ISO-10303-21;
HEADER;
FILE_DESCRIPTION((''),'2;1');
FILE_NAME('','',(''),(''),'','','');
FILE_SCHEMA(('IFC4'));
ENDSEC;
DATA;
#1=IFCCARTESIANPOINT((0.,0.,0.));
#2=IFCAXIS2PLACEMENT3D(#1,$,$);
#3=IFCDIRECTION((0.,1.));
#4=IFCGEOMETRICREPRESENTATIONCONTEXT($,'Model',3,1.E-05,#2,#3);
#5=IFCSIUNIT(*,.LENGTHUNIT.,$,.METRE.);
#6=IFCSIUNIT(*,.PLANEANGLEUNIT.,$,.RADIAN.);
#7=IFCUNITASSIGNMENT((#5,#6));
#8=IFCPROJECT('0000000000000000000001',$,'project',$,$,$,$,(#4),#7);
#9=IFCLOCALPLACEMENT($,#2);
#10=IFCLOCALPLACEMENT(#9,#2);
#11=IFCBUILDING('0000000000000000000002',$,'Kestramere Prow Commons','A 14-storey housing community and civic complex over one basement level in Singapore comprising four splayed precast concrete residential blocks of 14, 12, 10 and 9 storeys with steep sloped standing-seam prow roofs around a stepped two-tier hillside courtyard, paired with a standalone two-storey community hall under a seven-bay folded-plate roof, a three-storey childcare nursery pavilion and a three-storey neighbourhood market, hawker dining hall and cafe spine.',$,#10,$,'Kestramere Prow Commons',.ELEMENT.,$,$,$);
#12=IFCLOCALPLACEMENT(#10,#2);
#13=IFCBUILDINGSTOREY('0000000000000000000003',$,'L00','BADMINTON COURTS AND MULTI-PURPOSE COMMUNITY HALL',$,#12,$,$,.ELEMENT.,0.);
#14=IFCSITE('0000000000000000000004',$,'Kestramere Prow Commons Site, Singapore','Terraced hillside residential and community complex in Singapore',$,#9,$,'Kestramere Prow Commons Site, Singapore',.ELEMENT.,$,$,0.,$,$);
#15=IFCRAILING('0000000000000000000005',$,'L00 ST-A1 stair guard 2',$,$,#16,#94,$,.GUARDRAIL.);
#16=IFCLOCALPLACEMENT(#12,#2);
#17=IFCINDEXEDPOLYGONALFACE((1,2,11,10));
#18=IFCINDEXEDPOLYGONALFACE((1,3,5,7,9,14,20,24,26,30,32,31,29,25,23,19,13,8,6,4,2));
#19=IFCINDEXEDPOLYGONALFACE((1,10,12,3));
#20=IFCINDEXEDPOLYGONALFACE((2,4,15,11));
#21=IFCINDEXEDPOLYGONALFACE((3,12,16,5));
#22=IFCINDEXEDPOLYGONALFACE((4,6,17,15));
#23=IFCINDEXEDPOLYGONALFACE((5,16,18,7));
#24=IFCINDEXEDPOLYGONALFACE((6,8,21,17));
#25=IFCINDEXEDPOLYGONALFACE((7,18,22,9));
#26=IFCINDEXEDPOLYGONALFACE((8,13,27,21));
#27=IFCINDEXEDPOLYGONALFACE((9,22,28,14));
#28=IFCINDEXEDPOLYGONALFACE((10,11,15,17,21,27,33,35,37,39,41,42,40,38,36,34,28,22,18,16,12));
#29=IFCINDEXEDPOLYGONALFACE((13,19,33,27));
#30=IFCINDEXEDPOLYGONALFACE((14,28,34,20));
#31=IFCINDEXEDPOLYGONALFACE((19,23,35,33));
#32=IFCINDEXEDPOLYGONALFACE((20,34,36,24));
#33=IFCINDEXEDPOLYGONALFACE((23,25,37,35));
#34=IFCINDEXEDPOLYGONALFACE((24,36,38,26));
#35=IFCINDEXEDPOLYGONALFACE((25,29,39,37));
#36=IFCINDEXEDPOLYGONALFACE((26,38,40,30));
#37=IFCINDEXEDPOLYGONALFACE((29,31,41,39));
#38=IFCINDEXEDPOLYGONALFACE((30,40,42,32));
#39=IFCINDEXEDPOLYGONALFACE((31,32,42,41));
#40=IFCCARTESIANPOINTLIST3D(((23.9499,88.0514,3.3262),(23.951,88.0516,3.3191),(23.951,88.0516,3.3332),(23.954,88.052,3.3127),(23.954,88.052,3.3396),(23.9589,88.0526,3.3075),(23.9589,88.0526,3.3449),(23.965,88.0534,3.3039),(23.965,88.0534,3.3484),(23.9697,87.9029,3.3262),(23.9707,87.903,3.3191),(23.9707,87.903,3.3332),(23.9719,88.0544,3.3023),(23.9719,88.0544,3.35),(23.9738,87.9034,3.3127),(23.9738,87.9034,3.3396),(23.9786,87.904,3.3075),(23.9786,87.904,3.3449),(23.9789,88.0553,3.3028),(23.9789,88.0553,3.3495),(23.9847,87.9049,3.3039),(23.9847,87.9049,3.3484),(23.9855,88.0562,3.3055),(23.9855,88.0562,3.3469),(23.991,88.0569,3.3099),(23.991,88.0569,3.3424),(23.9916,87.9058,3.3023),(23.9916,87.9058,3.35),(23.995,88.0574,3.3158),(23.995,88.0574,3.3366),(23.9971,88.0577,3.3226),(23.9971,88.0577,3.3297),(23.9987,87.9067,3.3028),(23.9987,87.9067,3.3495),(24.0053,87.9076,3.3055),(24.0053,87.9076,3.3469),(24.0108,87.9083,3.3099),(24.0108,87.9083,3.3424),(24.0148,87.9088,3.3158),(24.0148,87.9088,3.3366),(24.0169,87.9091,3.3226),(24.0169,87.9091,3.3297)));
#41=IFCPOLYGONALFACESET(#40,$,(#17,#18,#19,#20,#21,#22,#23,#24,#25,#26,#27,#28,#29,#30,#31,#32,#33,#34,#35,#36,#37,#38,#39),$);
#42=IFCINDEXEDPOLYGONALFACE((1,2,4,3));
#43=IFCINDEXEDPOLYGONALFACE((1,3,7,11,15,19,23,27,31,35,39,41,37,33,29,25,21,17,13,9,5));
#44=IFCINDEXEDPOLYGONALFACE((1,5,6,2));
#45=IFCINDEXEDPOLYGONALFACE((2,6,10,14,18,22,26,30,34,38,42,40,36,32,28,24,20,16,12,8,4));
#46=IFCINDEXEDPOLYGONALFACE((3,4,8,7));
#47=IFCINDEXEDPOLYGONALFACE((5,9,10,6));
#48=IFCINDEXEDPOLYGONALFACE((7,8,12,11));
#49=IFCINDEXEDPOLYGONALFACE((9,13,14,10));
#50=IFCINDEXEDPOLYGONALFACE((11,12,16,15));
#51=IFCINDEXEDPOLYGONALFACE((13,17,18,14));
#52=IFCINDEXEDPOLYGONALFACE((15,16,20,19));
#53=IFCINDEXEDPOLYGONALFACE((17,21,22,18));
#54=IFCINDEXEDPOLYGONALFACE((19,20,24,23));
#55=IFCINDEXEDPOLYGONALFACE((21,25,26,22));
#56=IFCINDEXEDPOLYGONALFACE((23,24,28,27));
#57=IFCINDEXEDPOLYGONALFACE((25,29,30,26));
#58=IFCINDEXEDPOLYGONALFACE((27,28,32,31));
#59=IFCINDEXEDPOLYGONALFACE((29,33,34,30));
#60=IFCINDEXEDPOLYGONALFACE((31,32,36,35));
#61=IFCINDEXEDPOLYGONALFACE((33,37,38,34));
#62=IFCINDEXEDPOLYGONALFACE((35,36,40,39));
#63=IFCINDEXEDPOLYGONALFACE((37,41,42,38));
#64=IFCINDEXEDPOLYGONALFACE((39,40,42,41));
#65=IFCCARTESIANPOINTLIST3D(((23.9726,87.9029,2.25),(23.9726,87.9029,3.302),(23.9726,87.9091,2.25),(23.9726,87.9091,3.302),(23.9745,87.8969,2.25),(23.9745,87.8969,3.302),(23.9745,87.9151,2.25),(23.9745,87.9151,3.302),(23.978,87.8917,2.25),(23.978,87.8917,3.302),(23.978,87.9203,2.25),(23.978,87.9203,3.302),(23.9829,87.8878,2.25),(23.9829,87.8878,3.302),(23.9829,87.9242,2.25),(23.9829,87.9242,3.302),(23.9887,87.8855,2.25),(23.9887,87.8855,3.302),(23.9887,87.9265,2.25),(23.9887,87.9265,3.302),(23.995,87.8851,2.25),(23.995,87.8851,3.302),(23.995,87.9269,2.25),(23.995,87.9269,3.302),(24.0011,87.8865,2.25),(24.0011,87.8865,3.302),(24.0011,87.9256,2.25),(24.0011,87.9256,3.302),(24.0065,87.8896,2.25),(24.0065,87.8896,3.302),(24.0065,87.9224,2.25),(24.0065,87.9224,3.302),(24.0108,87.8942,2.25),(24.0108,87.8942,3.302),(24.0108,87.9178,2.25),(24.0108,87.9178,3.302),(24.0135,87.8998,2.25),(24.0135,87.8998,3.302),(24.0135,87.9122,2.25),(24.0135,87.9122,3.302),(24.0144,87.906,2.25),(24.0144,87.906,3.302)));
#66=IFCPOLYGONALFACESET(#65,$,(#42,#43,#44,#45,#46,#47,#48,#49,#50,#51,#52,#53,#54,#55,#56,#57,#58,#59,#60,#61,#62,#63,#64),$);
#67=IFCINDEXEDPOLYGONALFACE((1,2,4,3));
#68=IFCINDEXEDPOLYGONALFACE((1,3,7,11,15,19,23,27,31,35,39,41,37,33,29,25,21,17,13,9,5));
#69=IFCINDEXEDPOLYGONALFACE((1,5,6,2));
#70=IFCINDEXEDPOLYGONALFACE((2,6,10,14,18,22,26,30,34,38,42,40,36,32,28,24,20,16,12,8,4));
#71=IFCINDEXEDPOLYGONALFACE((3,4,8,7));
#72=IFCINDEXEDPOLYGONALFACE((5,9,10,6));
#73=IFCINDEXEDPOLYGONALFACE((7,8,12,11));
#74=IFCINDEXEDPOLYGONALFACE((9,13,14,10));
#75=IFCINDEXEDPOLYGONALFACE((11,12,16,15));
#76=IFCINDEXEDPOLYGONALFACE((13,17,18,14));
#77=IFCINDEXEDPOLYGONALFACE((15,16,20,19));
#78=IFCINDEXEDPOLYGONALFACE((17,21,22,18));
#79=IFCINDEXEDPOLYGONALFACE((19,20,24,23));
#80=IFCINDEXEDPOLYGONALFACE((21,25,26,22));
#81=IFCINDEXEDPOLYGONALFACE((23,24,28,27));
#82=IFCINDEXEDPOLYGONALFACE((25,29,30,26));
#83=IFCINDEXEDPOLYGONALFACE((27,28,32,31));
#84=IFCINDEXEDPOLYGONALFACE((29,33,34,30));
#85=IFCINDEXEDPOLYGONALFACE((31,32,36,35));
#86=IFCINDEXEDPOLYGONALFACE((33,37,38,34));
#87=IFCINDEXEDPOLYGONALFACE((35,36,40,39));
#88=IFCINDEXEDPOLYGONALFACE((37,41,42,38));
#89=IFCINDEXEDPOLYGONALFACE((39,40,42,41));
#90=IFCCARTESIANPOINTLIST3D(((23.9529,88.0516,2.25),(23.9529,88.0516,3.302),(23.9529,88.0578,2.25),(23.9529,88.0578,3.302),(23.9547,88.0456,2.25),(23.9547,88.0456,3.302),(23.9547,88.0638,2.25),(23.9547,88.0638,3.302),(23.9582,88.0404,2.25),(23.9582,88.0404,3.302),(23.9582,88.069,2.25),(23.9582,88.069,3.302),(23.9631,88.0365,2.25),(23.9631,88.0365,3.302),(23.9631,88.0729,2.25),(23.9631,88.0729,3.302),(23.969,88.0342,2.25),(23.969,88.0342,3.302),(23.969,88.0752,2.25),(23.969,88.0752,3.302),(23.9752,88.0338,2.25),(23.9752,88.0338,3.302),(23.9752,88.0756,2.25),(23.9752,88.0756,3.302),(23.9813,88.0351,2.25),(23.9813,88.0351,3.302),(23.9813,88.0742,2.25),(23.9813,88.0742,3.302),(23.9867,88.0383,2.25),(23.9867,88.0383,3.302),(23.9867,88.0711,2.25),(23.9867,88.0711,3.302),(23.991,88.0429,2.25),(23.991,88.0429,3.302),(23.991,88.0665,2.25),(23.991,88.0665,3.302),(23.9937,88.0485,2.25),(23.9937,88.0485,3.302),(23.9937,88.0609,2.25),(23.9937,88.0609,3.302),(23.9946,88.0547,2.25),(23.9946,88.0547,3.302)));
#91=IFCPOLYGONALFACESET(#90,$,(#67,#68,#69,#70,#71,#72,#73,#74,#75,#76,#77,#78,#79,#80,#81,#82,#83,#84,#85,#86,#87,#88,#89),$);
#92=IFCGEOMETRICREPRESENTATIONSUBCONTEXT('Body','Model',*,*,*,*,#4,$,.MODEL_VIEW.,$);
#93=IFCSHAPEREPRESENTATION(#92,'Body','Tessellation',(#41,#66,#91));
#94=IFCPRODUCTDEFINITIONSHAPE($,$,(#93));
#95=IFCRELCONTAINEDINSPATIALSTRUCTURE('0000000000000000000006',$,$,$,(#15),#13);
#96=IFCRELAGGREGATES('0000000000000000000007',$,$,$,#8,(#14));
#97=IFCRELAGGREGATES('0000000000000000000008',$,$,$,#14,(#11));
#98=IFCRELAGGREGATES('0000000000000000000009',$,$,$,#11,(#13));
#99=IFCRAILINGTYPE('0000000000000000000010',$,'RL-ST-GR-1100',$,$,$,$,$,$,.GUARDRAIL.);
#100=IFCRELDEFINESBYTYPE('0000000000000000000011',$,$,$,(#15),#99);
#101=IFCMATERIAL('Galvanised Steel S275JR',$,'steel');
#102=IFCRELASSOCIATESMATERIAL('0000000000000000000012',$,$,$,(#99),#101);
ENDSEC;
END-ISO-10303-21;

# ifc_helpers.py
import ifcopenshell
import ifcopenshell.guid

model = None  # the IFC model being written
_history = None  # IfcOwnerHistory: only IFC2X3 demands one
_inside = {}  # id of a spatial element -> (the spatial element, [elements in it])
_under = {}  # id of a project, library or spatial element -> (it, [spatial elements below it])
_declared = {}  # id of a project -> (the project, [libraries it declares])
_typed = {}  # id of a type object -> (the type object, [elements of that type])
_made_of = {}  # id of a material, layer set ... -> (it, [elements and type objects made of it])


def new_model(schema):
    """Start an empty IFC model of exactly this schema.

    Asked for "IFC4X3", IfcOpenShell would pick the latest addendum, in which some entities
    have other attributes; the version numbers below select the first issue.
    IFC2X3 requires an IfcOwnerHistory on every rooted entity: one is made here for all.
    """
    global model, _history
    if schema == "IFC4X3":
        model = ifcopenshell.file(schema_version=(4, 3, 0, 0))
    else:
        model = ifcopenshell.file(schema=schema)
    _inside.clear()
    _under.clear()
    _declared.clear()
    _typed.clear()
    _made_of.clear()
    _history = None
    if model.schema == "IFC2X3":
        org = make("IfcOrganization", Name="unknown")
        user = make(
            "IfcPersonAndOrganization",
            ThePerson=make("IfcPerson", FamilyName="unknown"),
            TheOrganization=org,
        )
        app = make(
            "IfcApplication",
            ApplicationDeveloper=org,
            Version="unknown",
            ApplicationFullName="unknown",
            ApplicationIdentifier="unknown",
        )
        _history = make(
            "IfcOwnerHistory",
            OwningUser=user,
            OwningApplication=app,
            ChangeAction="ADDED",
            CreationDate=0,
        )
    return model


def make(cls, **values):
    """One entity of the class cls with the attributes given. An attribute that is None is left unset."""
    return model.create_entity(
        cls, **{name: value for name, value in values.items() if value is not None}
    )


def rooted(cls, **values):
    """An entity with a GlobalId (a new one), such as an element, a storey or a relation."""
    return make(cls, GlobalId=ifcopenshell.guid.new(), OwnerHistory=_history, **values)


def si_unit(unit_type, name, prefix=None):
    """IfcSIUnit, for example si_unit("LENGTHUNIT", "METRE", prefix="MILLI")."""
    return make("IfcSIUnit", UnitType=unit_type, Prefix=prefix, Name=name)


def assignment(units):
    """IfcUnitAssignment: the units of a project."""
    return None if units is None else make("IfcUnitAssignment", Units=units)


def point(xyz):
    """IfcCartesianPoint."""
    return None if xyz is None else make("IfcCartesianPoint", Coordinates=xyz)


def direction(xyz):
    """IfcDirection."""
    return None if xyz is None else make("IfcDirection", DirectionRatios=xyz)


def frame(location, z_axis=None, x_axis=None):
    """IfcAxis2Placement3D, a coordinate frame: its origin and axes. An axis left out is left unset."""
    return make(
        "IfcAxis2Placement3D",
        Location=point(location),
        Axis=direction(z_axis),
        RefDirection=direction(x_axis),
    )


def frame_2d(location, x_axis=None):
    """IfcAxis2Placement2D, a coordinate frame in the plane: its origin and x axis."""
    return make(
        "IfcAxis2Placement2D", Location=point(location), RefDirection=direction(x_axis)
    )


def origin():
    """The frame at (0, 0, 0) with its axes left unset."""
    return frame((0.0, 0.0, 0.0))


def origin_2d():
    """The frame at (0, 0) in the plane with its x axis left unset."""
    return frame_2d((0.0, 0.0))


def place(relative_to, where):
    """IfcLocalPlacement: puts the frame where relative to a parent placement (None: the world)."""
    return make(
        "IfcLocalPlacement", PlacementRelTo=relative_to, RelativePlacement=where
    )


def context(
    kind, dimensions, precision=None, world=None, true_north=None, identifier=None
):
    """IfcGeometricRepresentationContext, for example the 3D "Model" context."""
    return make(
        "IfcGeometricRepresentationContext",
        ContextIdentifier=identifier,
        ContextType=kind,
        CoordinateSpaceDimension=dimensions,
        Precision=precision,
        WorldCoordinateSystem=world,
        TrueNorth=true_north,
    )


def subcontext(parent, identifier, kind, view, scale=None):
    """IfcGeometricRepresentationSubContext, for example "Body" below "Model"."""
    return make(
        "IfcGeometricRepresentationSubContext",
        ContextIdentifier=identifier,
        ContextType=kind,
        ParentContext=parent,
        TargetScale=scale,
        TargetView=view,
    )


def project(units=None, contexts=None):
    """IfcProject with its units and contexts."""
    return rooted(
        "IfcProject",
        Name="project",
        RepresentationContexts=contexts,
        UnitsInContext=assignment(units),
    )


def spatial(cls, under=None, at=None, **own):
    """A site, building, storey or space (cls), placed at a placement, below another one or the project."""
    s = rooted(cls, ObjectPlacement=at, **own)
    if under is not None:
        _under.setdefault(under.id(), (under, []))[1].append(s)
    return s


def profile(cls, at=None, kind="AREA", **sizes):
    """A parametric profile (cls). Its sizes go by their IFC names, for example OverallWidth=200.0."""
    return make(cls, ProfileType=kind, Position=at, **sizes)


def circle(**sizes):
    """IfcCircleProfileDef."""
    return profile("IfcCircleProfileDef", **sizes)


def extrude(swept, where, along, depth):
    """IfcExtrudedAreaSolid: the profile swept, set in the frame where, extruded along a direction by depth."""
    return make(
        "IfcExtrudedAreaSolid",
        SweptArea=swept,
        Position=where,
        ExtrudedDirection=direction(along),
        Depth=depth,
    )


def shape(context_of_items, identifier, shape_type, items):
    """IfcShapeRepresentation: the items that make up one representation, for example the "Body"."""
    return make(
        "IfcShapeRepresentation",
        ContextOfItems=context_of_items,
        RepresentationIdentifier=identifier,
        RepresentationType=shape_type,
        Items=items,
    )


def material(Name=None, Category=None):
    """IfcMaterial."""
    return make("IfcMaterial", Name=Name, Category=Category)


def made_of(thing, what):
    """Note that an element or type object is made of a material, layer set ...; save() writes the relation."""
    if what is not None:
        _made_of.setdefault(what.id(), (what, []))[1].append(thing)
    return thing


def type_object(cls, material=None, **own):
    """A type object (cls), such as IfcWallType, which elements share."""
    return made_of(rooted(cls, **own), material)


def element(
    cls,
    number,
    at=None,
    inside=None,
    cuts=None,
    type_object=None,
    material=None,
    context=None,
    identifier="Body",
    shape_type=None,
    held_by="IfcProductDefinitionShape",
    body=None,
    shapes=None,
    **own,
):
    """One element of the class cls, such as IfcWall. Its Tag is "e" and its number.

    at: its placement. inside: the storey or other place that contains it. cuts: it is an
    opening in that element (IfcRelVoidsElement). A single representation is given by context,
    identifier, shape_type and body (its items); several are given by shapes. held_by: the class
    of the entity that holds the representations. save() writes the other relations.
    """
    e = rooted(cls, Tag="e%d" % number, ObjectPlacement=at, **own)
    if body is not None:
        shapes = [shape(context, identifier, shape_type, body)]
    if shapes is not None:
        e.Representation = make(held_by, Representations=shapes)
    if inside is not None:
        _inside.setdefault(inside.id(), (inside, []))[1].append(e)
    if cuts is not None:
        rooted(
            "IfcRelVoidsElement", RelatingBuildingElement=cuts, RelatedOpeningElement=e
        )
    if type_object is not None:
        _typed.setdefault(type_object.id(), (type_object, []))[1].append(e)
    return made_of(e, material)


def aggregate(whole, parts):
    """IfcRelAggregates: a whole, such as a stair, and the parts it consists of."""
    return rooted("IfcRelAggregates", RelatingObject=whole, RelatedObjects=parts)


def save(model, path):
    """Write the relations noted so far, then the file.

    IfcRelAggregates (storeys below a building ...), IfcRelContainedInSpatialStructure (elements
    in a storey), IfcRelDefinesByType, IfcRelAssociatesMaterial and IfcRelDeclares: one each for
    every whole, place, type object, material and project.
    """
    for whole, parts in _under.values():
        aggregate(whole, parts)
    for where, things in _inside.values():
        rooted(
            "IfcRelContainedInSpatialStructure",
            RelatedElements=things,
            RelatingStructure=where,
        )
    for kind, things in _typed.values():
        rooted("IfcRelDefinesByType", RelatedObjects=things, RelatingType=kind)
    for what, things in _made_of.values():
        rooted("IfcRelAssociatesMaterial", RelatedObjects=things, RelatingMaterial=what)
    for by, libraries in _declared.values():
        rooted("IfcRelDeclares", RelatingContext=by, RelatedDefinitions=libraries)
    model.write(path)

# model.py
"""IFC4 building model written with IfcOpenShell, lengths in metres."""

from ifc_helpers import new_model, si_unit, direction, frame, origin, origin_2d, place, context, subcontext, project, spatial, circle, extrude, material, type_object, element, save


model = new_model("IFC4")

# Units and contexts
model_context = context("Model", 3, precision=1e-05, world=origin(), true_north=direction((0.0, 1.0)))
body_context = subcontext(model_context, "Body", "Model", "MODEL_VIEW")
ifc_project = project(units=[si_unit("LENGTHUNIT", "METRE"), si_unit("PLANEANGLEUNIT", "RADIAN")], contexts=[model_context])

# Site, building, storey
site_placement = place(None, origin())
site = spatial("IfcSite", under=ifc_project, at=site_placement, Name="Kestramere Prow Commons Site, Singapore", Description="Terraced hillside residential and community complex in Singapore", LongName="Kestramere Prow Commons Site, Singapore", CompositionType="ELEMENT", RefElevation=0.0)
building_placement = place(site_placement, origin())
building = spatial("IfcBuilding", under=site, at=building_placement, Name="Kestramere Prow Commons", Description="A 14-storey housing community and civic complex over one basement level in Singapore comprising four splayed precast concrete residential blocks of 14, 12, 10 and 9 storeys with steep sloped standing-seam prow roofs around a stepped two-tier hillside courtyard, paired with a standalone two-storey community hall under a seven-bay folded-plate roof, a three-storey childcare nursery pavilion and a three-storey neighbourhood market, hawker dining hall and cafe spine.", LongName="Kestramere Prow Commons", CompositionType="ELEMENT")
storey_placement = place(building_placement, origin())
storey = spatial("IfcBuildingStorey", under=building, at=storey_placement, Name="L00", Description="BADMINTON COURTS AND MULTI-PURPOSE COMMUNITY HALL", CompositionType="ELEMENT", Elevation=0.0)

# Railing
ifc_material_1 = material(Name="Galvanised Steel S275JR", Category="steel")
railing_type_1 = type_object("IfcRailingType", Name="RL-ST-GR-1100", PredefinedType="GUARDRAIL", material=ifc_material_1)
railing_1_placement = place(storey_placement, frame((23.9934, 87.906, 2.25)))
element("IfcRailing", 1, at=railing_1_placement, inside=storey, type_object=railing_type_1, Name="L00 ST-A1 stair guard 2", PredefinedType="GUARDRAIL", context=body_context, shape_type="SweptSolid", body=[
    extrude(circle(Radius=0.0239, at=origin_2d()), frame((0.0, 0.0, 1.0762), z_axis=(-0.131844, 0.99127, 0.0), x_axis=(-0.99127, -0.131844, 0.0)), (0.0, 0.0, 1.0), 0.1499),
    extrude(circle(Radius=0.021, at=origin_2d()), origin(), (0.0, 0.0, 1.0), 1.052),
    extrude(circle(Radius=0.021, at=origin_2d()), frame((-0.0198, 0.1487, 0.0)), (0.0, 0.0, 1.0), 1.052),
])

save(model, "model.ifc")
